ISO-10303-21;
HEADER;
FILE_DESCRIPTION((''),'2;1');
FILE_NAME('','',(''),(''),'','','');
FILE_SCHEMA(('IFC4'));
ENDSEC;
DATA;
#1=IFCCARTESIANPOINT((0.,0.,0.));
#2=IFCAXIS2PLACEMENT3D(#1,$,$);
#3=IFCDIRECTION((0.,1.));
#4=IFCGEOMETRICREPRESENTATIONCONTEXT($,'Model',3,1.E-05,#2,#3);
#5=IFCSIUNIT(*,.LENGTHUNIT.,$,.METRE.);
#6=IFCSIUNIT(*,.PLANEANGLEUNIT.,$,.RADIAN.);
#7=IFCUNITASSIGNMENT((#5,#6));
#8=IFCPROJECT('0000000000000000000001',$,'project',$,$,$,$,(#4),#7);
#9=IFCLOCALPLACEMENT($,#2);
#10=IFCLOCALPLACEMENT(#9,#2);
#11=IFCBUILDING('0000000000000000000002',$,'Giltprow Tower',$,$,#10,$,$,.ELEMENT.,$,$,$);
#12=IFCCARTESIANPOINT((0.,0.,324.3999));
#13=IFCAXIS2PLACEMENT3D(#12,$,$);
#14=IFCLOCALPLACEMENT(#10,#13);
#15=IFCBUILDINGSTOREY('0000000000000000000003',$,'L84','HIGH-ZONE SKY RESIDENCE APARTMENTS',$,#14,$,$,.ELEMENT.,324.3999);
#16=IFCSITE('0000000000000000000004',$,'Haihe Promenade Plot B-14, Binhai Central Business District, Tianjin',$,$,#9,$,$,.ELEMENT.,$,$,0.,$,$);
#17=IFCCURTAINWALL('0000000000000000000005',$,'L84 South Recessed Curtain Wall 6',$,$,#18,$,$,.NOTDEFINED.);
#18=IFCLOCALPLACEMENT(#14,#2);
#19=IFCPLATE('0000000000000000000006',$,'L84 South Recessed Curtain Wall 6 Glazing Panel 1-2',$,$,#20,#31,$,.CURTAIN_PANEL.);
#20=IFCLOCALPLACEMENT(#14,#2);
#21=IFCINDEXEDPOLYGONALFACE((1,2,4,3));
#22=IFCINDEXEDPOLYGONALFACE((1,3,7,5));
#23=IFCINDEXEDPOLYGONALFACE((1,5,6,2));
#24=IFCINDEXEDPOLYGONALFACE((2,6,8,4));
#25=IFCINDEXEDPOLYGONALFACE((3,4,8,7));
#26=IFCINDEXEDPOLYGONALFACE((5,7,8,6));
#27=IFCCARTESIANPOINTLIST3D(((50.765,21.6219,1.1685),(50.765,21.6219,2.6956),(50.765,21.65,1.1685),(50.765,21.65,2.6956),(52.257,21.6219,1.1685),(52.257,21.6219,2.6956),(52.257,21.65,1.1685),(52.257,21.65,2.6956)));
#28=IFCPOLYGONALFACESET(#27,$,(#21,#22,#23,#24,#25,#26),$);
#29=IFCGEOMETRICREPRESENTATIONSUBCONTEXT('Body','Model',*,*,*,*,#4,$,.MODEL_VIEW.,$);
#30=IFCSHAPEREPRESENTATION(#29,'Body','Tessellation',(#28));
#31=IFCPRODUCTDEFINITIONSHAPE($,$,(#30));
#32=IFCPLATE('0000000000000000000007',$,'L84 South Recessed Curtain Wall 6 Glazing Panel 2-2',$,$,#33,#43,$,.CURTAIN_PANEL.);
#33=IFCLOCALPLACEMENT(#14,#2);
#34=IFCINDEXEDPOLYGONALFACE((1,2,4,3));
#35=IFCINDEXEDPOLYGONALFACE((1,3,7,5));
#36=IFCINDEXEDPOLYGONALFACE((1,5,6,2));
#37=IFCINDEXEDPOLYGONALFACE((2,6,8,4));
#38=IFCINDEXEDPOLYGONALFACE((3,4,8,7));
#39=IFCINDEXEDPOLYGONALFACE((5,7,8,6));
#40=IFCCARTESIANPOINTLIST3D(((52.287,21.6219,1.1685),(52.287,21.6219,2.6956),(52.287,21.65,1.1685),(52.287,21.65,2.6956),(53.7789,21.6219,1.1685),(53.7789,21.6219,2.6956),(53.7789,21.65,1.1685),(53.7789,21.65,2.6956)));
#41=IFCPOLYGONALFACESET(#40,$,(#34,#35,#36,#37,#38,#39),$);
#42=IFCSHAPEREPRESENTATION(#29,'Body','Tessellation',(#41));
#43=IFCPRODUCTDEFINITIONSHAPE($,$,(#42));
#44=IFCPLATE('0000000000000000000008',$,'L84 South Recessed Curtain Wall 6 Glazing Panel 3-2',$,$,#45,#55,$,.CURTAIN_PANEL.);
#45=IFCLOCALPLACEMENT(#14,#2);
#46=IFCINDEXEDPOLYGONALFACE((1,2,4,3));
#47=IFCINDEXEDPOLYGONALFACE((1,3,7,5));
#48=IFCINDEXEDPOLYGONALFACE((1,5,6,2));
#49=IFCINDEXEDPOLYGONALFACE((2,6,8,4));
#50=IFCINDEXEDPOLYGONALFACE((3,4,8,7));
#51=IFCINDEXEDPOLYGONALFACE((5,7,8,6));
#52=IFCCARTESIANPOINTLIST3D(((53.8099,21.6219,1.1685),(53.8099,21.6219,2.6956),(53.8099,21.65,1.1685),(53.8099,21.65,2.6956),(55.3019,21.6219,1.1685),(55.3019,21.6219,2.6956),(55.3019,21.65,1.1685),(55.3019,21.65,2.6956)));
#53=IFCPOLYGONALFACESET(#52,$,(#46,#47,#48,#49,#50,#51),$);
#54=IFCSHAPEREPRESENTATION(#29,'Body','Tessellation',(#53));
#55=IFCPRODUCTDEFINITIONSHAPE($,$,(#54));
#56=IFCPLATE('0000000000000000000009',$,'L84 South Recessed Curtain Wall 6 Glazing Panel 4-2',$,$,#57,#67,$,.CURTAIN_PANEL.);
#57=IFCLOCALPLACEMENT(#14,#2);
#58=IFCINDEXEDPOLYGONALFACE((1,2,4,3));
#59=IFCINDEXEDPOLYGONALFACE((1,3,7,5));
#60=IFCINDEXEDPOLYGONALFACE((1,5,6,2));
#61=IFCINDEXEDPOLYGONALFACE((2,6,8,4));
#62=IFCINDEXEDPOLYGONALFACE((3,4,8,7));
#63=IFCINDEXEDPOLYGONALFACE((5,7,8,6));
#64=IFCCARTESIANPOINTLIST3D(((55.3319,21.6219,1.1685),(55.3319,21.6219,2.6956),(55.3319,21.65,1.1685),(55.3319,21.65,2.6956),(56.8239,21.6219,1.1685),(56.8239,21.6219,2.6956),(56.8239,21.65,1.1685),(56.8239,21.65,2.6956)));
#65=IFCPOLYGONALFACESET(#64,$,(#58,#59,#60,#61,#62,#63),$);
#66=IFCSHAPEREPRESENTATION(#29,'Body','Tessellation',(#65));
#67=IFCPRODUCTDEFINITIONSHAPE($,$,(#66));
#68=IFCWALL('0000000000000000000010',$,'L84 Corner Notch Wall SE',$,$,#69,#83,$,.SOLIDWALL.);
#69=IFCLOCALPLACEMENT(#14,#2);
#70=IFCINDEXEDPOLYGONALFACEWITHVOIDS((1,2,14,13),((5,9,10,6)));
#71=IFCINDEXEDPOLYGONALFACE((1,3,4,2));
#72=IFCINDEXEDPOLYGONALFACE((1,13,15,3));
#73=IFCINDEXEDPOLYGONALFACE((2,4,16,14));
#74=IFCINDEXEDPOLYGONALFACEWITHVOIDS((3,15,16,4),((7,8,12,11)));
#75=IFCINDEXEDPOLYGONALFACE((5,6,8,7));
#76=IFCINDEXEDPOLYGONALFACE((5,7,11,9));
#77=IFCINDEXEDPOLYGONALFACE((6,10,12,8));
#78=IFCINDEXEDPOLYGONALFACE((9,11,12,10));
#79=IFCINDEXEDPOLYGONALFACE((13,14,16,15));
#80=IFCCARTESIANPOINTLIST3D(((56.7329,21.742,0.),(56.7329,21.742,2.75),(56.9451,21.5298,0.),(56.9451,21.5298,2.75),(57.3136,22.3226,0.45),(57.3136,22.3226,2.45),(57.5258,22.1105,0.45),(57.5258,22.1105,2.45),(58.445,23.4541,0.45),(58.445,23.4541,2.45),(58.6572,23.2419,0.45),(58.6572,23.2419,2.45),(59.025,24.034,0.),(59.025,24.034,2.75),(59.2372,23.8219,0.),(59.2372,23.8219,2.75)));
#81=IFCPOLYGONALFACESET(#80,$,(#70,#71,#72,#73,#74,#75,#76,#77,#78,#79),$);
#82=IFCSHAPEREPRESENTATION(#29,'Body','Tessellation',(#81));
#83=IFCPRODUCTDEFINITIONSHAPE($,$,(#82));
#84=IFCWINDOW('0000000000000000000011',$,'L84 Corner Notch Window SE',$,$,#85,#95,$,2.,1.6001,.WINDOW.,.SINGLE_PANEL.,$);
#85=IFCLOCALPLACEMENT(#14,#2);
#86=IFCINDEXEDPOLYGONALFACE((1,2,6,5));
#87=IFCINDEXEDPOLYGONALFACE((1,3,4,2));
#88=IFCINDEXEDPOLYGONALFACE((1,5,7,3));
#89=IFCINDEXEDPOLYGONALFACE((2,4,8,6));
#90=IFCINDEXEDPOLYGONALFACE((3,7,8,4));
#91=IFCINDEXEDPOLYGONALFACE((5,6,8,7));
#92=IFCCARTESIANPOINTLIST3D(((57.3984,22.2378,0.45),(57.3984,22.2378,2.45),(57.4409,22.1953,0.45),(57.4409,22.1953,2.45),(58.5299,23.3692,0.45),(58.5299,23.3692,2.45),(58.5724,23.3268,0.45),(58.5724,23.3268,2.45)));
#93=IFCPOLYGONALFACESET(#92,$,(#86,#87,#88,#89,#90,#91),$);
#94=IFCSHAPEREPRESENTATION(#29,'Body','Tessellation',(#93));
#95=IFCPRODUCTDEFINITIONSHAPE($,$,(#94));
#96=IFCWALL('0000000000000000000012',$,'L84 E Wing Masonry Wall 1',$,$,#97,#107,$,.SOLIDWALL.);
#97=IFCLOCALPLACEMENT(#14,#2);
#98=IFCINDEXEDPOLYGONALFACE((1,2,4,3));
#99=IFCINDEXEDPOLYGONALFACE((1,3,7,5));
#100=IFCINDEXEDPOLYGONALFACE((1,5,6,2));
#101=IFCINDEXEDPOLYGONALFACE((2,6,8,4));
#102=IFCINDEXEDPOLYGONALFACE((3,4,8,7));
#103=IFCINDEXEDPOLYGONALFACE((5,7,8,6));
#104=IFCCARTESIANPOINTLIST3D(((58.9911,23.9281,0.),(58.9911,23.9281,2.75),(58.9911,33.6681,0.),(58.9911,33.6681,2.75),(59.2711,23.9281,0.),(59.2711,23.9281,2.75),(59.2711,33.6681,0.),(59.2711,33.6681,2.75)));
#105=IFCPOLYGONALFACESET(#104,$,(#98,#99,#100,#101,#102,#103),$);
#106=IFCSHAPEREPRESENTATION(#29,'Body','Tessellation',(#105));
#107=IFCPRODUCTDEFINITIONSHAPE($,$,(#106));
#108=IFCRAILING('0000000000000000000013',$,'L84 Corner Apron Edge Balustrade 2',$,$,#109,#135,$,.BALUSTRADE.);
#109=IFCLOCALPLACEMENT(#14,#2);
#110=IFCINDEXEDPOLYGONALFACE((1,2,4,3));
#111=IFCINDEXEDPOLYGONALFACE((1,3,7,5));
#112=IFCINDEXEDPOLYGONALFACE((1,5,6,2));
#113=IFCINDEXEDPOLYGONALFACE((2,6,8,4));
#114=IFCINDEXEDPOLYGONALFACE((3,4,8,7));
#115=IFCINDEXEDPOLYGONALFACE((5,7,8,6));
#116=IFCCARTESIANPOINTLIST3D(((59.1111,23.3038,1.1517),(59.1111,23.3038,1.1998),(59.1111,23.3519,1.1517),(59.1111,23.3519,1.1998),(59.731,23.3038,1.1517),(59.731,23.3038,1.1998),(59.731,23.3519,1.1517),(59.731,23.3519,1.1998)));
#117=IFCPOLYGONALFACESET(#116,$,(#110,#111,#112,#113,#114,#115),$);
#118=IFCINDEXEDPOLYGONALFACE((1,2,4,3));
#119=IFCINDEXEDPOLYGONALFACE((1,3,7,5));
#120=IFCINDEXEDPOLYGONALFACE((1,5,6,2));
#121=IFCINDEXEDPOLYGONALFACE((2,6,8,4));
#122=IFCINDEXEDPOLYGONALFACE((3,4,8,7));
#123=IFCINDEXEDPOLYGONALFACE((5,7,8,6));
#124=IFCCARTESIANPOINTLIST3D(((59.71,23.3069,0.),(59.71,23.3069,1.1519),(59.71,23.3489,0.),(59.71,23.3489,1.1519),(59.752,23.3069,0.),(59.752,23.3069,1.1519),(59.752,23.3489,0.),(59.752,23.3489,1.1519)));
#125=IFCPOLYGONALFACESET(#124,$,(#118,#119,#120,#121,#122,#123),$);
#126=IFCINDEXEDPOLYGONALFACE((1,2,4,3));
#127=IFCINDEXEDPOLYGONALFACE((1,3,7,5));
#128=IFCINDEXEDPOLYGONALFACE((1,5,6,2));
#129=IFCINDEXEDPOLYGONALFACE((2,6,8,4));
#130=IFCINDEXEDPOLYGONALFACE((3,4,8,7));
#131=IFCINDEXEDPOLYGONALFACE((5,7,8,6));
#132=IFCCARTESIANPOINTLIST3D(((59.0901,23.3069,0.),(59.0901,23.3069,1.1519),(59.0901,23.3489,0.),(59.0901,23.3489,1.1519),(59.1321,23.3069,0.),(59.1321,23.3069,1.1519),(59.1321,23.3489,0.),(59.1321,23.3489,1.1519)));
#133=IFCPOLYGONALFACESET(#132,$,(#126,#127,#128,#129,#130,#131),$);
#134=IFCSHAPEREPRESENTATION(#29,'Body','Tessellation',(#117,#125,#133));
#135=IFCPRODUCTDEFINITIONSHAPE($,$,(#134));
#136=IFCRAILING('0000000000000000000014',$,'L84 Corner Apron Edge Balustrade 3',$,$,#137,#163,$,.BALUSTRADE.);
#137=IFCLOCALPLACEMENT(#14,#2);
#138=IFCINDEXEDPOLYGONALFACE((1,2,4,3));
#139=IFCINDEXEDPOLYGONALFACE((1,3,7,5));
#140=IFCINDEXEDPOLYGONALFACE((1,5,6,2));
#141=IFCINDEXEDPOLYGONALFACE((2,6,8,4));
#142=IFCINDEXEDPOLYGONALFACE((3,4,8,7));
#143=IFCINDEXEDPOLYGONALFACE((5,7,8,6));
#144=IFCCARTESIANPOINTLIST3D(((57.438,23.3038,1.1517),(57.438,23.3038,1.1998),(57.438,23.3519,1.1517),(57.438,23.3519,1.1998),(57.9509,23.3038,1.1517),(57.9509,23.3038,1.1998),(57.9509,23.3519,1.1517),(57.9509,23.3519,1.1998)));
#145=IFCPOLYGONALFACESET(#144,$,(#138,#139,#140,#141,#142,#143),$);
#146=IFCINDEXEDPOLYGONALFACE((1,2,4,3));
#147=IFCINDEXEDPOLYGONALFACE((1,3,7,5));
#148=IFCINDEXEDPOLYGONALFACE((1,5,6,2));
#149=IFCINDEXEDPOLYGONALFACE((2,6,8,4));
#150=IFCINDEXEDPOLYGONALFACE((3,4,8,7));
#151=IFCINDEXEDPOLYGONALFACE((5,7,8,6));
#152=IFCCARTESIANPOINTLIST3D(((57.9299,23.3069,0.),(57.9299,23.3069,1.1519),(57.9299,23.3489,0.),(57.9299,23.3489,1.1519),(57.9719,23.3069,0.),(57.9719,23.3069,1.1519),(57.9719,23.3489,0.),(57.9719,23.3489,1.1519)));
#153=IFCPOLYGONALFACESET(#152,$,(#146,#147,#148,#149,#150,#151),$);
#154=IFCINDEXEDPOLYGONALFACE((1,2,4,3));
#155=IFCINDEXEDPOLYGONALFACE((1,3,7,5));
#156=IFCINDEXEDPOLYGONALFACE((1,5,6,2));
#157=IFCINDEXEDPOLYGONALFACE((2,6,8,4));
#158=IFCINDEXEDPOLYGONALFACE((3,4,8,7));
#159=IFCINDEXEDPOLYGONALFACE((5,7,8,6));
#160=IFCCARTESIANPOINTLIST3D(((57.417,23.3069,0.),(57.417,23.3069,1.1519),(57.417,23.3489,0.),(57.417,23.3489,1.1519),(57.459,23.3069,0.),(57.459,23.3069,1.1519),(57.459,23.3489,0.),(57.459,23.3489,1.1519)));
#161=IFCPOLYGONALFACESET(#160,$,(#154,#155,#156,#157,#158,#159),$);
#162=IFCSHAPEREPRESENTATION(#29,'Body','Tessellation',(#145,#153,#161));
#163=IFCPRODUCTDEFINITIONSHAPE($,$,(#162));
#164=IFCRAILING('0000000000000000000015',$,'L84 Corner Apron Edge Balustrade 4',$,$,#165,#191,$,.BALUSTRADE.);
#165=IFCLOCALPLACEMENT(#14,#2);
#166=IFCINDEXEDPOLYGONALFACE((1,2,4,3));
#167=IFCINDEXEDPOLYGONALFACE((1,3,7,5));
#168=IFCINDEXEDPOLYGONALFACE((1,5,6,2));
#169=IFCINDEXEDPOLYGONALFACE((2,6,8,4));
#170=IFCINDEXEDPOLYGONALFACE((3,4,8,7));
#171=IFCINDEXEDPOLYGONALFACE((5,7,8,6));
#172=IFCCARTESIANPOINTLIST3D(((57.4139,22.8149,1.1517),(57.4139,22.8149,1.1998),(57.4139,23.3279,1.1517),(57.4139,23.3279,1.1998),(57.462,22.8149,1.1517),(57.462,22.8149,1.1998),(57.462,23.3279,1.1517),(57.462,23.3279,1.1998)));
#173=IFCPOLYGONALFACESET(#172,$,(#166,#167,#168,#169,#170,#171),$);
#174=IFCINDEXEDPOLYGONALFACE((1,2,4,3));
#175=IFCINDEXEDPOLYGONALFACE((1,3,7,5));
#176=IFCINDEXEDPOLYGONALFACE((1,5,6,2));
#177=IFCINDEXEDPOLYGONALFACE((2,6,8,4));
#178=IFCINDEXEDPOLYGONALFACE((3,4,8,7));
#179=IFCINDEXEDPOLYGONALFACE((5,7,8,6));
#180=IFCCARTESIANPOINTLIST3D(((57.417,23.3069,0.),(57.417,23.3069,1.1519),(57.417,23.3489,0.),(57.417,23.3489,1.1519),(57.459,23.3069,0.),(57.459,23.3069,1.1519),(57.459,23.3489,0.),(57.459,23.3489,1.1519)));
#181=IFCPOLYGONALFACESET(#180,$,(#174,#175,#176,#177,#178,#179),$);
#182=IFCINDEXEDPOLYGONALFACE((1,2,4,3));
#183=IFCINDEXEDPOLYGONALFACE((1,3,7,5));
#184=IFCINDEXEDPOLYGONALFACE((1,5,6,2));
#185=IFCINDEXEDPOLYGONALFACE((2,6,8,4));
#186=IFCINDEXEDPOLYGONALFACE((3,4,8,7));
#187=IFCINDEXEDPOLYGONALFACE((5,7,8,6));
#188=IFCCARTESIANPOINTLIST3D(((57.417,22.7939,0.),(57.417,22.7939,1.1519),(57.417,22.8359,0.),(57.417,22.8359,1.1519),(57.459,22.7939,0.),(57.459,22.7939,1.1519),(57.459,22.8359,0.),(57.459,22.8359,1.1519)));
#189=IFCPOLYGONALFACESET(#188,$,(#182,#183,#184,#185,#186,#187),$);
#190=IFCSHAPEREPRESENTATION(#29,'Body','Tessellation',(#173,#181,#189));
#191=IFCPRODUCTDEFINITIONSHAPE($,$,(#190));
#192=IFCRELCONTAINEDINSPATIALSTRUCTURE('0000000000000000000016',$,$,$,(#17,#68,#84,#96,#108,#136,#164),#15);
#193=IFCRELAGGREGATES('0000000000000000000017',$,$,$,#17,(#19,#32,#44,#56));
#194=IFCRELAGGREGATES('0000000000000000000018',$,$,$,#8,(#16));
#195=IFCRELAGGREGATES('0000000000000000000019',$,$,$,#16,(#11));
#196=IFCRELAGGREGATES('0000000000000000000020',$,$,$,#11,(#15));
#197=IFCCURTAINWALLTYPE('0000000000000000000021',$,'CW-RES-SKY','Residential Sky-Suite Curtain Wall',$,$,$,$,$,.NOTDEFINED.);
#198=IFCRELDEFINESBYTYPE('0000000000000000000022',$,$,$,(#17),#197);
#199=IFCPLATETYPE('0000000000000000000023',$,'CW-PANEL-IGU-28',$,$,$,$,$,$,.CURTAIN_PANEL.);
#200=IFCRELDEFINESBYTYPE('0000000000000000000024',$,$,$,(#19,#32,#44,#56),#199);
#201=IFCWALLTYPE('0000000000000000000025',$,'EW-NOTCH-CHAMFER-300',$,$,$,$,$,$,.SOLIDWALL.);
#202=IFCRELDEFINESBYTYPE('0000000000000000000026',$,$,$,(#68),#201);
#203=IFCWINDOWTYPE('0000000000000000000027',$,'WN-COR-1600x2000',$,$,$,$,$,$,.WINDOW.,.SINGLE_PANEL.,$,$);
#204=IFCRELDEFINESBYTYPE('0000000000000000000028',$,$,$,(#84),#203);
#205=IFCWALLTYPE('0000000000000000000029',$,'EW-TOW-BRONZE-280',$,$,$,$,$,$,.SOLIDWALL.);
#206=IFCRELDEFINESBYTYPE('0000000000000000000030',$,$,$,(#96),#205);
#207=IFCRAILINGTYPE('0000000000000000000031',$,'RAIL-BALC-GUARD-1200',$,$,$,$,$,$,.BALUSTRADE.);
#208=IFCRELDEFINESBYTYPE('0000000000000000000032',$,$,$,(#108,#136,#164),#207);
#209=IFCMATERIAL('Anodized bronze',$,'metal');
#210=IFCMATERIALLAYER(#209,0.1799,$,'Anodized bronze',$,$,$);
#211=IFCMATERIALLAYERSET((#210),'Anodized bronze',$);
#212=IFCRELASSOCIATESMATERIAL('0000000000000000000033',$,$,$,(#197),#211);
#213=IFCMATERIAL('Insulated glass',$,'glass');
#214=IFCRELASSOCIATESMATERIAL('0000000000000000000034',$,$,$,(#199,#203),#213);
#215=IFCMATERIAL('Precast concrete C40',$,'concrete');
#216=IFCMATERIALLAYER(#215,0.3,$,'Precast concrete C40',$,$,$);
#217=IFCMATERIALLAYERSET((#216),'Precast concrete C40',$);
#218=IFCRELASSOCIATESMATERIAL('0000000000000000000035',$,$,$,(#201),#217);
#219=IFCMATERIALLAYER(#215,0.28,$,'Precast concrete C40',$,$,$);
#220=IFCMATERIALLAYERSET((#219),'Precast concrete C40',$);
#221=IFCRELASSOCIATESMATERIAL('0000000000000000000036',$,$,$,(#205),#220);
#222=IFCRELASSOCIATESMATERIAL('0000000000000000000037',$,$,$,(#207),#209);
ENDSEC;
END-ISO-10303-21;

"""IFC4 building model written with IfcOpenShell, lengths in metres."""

from ifc_helpers import new_model, si_unit, direction, frame, frame_2d, origin, origin_2d, place, context, subcontext, project, spatial, rectangle, extrude, source, transform, mapped, material, layer, layer_set, type_object, element, fill, aggregate, save


model = new_model("IFC4")

# Units and contexts
model_context = context("Model", 3, precision=1e-05, world=origin(), true_north=direction((0.0, 1.0)))
body_context = subcontext(model_context, "Body", "Model", "MODEL_VIEW")
ifc_project = project(units=[si_unit("LENGTHUNIT", "METRE"), si_unit("PLANEANGLEUNIT", "RADIAN")], contexts=[model_context])

# Site, building, storey
site_placement = place(None, origin())
site = spatial("IfcSite", under=ifc_project, at=site_placement, Name="Haihe Promenade Plot B-14, Binhai Central Business District, Tianjin", CompositionType="ELEMENT", RefElevation=0.0)
building_placement = place(site_placement, origin())
building = spatial("IfcBuilding", under=site, at=building_placement, Name="Giltprow Tower", CompositionType="ELEMENT")
storey_placement = place(building_placement, frame((0.0, 0.0, 324.3999)))
storey = spatial("IfcBuildingStorey", under=building, at=storey_placement, Name="L84", Description="HIGH-ZONE SKY RESIDENCE APARTMENTS", CompositionType="ELEMENT", Elevation=324.3999)

# Curtain wall, plates
ifc_material_1 = material(Name="Anodized bronze", Category="metal")
ifc_layer_1 = layer(ifc_material_1, 0.1799, Name="Anodized bronze")
ifc_layer_set_1 = layer_set([ifc_layer_1], Name="Anodized bronze")
curtain_wall_type = type_object("IfcCurtainWallType", Name="CW-RES-SKY", Description="Residential Sky-Suite Curtain Wall", PredefinedType="NOTDEFINED", material=ifc_layer_set_1)
curtain_wall_placement = place(storey_placement, origin())
curtain_wall = element("IfcCurtainWall", 1, at=curtain_wall_placement, inside=storey, type_object=curtain_wall_type, Name="L84 South Recessed Curtain Wall 6", PredefinedType="NOTDEFINED")
ifc_material_2 = material(Name="Insulated glass", Category="glass")
plate_type = type_object("IfcPlateType", Name="CW-PANEL-IGU-28", PredefinedType="CURTAIN_PANEL", material=ifc_material_2)
shared_shape_1 = source(origin(), body_context, "Body", "SweptSolid", [
    extrude(rectangle(XDim=1.4919, YDim=0.0281, at=origin_2d()), origin(), (0.0, 0.0, 1.0), 1.5271),
])
plate_1_placement = place(storey_placement, frame((51.511, 21.636, 1.1685), z_axis=(0.0, 0.0, 1.0), x_axis=(1.0, 0.0, 0.0)))
plate_1 = element("IfcPlate", 2, at=plate_1_placement, type_object=plate_type, Name="L84 South Recessed Curtain Wall 6 Glazing Panel 1-2", PredefinedType="CURTAIN_PANEL", context=body_context, shape_type="MappedRepresentation", body=[
    mapped(shared_shape_1, transform((0.0, 0.0, 0.0), x_axis=(1.0, 0.0, 0.0), y_axis=(0.0, 1.0, 0.0), z_axis=(0.0, 0.0, 1.0), scale=1.0)),
])
plate_2_placement = place(storey_placement, frame((53.033, 21.636, 1.1685), z_axis=(0.0, 0.0, 1.0), x_axis=(1.0, 0.0, 0.0)))
plate_2 = element("IfcPlate", 3, at=plate_2_placement, type_object=plate_type, Name="L84 South Recessed Curtain Wall 6 Glazing Panel 2-2", PredefinedType="CURTAIN_PANEL", context=body_context, shape_type="MappedRepresentation", body=[
    mapped(shared_shape_1, transform((0.0, 0.0, 0.0), x_axis=(1.0, 0.0, 0.0), y_axis=(0.0, 1.0, 0.0), z_axis=(0.0, 0.0, 1.0), scale=1.0)),
])
plate_3_placement = place(storey_placement, frame((54.5559, 21.636, 1.1685), z_axis=(0.0, 0.0, 1.0), x_axis=(1.0, 0.0, 0.0)))
plate_3 = element("IfcPlate", 4, at=plate_3_placement, type_object=plate_type, Name="L84 South Recessed Curtain Wall 6 Glazing Panel 3-2", PredefinedType="CURTAIN_PANEL", context=body_context, shape_type="MappedRepresentation", body=[
    mapped(shared_shape_1, transform((0.0, 0.0, 0.0), x_axis=(1.0, 0.0, 0.0), y_axis=(0.0, 1.0, 0.0), z_axis=(0.0, 0.0, 1.0), scale=1.0)),
])
plate_4_placement = place(storey_placement, frame((56.0779, 21.636, 1.1685), z_axis=(0.0, 0.0, 1.0), x_axis=(1.0, 0.0, 0.0)))
plate_4 = element("IfcPlate", 5, at=plate_4_placement, type_object=plate_type, Name="L84 South Recessed Curtain Wall 6 Glazing Panel 4-2", PredefinedType="CURTAIN_PANEL", context=body_context, shape_type="MappedRepresentation", body=[
    mapped(shared_shape_1, transform((0.0, 0.0, 0.0), x_axis=(1.0, 0.0, 0.0), y_axis=(0.0, 1.0, 0.0), z_axis=(0.0, 0.0, 1.0), scale=1.0)),
])
aggregate(curtain_wall, [plate_1, plate_2, plate_3, plate_4])

# Wall, opening, window
ifc_material_3 = material(Name="Precast concrete C40", Category="concrete")
ifc_layer_2 = layer(ifc_material_3, 0.3, Name="Precast concrete C40")
ifc_layer_set_2 = layer_set([ifc_layer_2], Name="Precast concrete C40")
wall_type_1 = type_object("IfcWallType", Name="EW-NOTCH-CHAMFER-300", PredefinedType="SOLIDWALL", material=ifc_layer_set_2)
wall_1_placement = place(storey_placement, frame((56.8391, 21.636, 0.0), z_axis=(0.0, 0.0, 1.0), x_axis=(0.707107, 0.707107, 0.0)))
wall_1 = element("IfcWall", 6, at=wall_1_placement, inside=storey, type_object=wall_type_1, Name="L84 Corner Notch Wall SE", PredefinedType="SOLIDWALL", context=body_context, shape_type="SweptSolid", body=[
    extrude(rectangle(XDim=3.2415, YDim=0.3, at=frame_2d((1.6206, 0.0))), origin(), (0.0, 0.0, 1.0), 2.75),
])
opening_placement = place(wall_1_placement, frame((0.821, 0.0, 0.45)))
opening = element("IfcOpeningElement", 7, at=opening_placement, cuts=wall_1, PredefinedType="OPENING", context=body_context, shape_type="SweptSolid", body=[
    extrude(rectangle(XDim=1.6001, YDim=2.0, at=frame_2d((0.8, 1.0))), frame((0.0, 0.1599, 0.0), z_axis=(0.0, -1.0, 0.0), x_axis=(1.0, 0.0, 0.0)), (0.0, 0.0, 1.0), 0.3201),
])
window_type = type_object("IfcWindowType", Name="WN-COR-1600x2000", PartitioningType="SINGLE_PANEL", PredefinedType="WINDOW", material=ifc_material_2)
shared_shape_2 = source(origin(), body_context, "Body", "SweptSolid", [
    extrude(rectangle(XDim=1.6001, YDim=2.0, at=frame_2d((0.8, 1.0))), frame((0.0, 0.03, 0.0), z_axis=(0.0, -1.0, 0.0), x_axis=(1.0, 0.0, 0.0)), (0.0, 0.0, 1.0), 0.0601),
])
window_placement = place(opening_placement, origin())
window = element("IfcWindow", 8, at=window_placement, inside=storey, type_object=window_type, Name="L84 Corner Notch Window SE", OverallHeight=2.0, OverallWidth=1.6001, PartitioningType="SINGLE_PANEL", PredefinedType="WINDOW", context=body_context, shape_type="MappedRepresentation", body=[
    mapped(shared_shape_2, transform((0.0, 0.0, 0.0), x_axis=(1.0, 0.0, 0.0), y_axis=(0.0, 1.0, 0.0), z_axis=(0.0, 0.0, 1.0), scale=1.0)),
])
fill(opening, window)

# Wall
ifc_layer_3 = layer(ifc_material_3, 0.28, Name="Precast concrete C40")
ifc_layer_set_3 = layer_set([ifc_layer_3], Name="Precast concrete C40")
wall_type_2 = type_object("IfcWallType", Name="EW-TOW-BRONZE-280", PredefinedType="SOLIDWALL", material=ifc_layer_set_3)
wall_2_placement = place(storey_placement, frame((59.1311, 23.928, 0.0), z_axis=(0.0, 0.0, 1.0), x_axis=(0.0, 1.0, 0.0)))
element("IfcWall", 9, at=wall_2_placement, inside=storey, type_object=wall_type_2, Name="L84 E Wing Masonry Wall 1", PredefinedType="SOLIDWALL", context=body_context, shape_type="SweptSolid", body=[
    extrude(rectangle(XDim=9.74, YDim=0.28, at=frame_2d((4.8701, 0.0))), origin(), (0.0, 0.0, 1.0), 2.75),
])

# Railings
railing_type = type_object("IfcRailingType", Name="RAIL-BALC-GUARD-1200", PredefinedType="BALUSTRADE", material=ifc_material_1)
railing_1_placement = place(storey_placement, frame((59.731, 23.3279, 0.0)))
element("IfcRailing", 10, at=railing_1_placement, inside=storey, type_object=railing_type, Name="L84 Corner Apron Edge Balustrade 2", PredefinedType="BALUSTRADE", context=body_context, shape_type="SweptSolid", body=[
    extrude(rectangle(XDim=0.0481, YDim=0.0481, at=origin_2d()), frame((0.0, 0.0, 1.1758), z_axis=(-1.0, 0.0, 0.0), x_axis=(0.0, -1.0, 0.0)), (0.0, 0.0, 1.0), 0.6199),
    extrude(rectangle(XDim=0.042, YDim=0.042, at=origin_2d()), origin(), (0.0, 0.0, 1.0), 1.1519),
    extrude(rectangle(XDim=0.042, YDim=0.042, at=origin_2d()), frame((-0.6199, 0.0, 0.0)), (0.0, 0.0, 1.0), 1.1519),
])
railing_2_placement = place(storey_placement, frame((57.9509, 23.3279, 0.0)))
element("IfcRailing", 11, at=railing_2_placement, inside=storey, type_object=railing_type, Name="L84 Corner Apron Edge Balustrade 3", PredefinedType="BALUSTRADE", context=body_context, shape_type="SweptSolid", body=[
    extrude(rectangle(XDim=0.0481, YDim=0.0481, at=origin_2d()), frame((0.0, 0.0, 1.1758), z_axis=(-1.0, 0.0, 0.0), x_axis=(0.0, -1.0, 0.0)), (0.0, 0.0, 1.0), 0.5129),
    extrude(rectangle(XDim=0.042, YDim=0.042, at=origin_2d()), origin(), (0.0, 0.0, 1.0), 1.1519),
    extrude(rectangle(XDim=0.042, YDim=0.042, at=origin_2d()), frame((-0.5129, 0.0, 0.0)), (0.0, 0.0, 1.0), 1.1519),
])
railing_3_placement = place(storey_placement, frame((57.438, 23.3279, 0.0)))
element("IfcRailing", 12, at=railing_3_placement, inside=storey, type_object=railing_type, Name="L84 Corner Apron Edge Balustrade 4", PredefinedType="BALUSTRADE", context=body_context, shape_type="SweptSolid", body=[
    extrude(rectangle(XDim=0.0481, YDim=0.0481, at=origin_2d()), frame((0.0, 0.0, 1.1758), z_axis=(0.0, -1.0, 0.0), x_axis=(1.0, 0.0, 0.0)), (0.0, 0.0, 1.0), 0.5129),
    extrude(rectangle(XDim=0.042, YDim=0.042, at=origin_2d()), origin(), (0.0, 0.0, 1.0), 1.1519),
    extrude(rectangle(XDim=0.042, YDim=0.042, at=origin_2d()), frame((0.0, -0.5129, 0.0)), (0.0, 0.0, 1.0), 1.1519),
])

save(model, "model.ifc")
